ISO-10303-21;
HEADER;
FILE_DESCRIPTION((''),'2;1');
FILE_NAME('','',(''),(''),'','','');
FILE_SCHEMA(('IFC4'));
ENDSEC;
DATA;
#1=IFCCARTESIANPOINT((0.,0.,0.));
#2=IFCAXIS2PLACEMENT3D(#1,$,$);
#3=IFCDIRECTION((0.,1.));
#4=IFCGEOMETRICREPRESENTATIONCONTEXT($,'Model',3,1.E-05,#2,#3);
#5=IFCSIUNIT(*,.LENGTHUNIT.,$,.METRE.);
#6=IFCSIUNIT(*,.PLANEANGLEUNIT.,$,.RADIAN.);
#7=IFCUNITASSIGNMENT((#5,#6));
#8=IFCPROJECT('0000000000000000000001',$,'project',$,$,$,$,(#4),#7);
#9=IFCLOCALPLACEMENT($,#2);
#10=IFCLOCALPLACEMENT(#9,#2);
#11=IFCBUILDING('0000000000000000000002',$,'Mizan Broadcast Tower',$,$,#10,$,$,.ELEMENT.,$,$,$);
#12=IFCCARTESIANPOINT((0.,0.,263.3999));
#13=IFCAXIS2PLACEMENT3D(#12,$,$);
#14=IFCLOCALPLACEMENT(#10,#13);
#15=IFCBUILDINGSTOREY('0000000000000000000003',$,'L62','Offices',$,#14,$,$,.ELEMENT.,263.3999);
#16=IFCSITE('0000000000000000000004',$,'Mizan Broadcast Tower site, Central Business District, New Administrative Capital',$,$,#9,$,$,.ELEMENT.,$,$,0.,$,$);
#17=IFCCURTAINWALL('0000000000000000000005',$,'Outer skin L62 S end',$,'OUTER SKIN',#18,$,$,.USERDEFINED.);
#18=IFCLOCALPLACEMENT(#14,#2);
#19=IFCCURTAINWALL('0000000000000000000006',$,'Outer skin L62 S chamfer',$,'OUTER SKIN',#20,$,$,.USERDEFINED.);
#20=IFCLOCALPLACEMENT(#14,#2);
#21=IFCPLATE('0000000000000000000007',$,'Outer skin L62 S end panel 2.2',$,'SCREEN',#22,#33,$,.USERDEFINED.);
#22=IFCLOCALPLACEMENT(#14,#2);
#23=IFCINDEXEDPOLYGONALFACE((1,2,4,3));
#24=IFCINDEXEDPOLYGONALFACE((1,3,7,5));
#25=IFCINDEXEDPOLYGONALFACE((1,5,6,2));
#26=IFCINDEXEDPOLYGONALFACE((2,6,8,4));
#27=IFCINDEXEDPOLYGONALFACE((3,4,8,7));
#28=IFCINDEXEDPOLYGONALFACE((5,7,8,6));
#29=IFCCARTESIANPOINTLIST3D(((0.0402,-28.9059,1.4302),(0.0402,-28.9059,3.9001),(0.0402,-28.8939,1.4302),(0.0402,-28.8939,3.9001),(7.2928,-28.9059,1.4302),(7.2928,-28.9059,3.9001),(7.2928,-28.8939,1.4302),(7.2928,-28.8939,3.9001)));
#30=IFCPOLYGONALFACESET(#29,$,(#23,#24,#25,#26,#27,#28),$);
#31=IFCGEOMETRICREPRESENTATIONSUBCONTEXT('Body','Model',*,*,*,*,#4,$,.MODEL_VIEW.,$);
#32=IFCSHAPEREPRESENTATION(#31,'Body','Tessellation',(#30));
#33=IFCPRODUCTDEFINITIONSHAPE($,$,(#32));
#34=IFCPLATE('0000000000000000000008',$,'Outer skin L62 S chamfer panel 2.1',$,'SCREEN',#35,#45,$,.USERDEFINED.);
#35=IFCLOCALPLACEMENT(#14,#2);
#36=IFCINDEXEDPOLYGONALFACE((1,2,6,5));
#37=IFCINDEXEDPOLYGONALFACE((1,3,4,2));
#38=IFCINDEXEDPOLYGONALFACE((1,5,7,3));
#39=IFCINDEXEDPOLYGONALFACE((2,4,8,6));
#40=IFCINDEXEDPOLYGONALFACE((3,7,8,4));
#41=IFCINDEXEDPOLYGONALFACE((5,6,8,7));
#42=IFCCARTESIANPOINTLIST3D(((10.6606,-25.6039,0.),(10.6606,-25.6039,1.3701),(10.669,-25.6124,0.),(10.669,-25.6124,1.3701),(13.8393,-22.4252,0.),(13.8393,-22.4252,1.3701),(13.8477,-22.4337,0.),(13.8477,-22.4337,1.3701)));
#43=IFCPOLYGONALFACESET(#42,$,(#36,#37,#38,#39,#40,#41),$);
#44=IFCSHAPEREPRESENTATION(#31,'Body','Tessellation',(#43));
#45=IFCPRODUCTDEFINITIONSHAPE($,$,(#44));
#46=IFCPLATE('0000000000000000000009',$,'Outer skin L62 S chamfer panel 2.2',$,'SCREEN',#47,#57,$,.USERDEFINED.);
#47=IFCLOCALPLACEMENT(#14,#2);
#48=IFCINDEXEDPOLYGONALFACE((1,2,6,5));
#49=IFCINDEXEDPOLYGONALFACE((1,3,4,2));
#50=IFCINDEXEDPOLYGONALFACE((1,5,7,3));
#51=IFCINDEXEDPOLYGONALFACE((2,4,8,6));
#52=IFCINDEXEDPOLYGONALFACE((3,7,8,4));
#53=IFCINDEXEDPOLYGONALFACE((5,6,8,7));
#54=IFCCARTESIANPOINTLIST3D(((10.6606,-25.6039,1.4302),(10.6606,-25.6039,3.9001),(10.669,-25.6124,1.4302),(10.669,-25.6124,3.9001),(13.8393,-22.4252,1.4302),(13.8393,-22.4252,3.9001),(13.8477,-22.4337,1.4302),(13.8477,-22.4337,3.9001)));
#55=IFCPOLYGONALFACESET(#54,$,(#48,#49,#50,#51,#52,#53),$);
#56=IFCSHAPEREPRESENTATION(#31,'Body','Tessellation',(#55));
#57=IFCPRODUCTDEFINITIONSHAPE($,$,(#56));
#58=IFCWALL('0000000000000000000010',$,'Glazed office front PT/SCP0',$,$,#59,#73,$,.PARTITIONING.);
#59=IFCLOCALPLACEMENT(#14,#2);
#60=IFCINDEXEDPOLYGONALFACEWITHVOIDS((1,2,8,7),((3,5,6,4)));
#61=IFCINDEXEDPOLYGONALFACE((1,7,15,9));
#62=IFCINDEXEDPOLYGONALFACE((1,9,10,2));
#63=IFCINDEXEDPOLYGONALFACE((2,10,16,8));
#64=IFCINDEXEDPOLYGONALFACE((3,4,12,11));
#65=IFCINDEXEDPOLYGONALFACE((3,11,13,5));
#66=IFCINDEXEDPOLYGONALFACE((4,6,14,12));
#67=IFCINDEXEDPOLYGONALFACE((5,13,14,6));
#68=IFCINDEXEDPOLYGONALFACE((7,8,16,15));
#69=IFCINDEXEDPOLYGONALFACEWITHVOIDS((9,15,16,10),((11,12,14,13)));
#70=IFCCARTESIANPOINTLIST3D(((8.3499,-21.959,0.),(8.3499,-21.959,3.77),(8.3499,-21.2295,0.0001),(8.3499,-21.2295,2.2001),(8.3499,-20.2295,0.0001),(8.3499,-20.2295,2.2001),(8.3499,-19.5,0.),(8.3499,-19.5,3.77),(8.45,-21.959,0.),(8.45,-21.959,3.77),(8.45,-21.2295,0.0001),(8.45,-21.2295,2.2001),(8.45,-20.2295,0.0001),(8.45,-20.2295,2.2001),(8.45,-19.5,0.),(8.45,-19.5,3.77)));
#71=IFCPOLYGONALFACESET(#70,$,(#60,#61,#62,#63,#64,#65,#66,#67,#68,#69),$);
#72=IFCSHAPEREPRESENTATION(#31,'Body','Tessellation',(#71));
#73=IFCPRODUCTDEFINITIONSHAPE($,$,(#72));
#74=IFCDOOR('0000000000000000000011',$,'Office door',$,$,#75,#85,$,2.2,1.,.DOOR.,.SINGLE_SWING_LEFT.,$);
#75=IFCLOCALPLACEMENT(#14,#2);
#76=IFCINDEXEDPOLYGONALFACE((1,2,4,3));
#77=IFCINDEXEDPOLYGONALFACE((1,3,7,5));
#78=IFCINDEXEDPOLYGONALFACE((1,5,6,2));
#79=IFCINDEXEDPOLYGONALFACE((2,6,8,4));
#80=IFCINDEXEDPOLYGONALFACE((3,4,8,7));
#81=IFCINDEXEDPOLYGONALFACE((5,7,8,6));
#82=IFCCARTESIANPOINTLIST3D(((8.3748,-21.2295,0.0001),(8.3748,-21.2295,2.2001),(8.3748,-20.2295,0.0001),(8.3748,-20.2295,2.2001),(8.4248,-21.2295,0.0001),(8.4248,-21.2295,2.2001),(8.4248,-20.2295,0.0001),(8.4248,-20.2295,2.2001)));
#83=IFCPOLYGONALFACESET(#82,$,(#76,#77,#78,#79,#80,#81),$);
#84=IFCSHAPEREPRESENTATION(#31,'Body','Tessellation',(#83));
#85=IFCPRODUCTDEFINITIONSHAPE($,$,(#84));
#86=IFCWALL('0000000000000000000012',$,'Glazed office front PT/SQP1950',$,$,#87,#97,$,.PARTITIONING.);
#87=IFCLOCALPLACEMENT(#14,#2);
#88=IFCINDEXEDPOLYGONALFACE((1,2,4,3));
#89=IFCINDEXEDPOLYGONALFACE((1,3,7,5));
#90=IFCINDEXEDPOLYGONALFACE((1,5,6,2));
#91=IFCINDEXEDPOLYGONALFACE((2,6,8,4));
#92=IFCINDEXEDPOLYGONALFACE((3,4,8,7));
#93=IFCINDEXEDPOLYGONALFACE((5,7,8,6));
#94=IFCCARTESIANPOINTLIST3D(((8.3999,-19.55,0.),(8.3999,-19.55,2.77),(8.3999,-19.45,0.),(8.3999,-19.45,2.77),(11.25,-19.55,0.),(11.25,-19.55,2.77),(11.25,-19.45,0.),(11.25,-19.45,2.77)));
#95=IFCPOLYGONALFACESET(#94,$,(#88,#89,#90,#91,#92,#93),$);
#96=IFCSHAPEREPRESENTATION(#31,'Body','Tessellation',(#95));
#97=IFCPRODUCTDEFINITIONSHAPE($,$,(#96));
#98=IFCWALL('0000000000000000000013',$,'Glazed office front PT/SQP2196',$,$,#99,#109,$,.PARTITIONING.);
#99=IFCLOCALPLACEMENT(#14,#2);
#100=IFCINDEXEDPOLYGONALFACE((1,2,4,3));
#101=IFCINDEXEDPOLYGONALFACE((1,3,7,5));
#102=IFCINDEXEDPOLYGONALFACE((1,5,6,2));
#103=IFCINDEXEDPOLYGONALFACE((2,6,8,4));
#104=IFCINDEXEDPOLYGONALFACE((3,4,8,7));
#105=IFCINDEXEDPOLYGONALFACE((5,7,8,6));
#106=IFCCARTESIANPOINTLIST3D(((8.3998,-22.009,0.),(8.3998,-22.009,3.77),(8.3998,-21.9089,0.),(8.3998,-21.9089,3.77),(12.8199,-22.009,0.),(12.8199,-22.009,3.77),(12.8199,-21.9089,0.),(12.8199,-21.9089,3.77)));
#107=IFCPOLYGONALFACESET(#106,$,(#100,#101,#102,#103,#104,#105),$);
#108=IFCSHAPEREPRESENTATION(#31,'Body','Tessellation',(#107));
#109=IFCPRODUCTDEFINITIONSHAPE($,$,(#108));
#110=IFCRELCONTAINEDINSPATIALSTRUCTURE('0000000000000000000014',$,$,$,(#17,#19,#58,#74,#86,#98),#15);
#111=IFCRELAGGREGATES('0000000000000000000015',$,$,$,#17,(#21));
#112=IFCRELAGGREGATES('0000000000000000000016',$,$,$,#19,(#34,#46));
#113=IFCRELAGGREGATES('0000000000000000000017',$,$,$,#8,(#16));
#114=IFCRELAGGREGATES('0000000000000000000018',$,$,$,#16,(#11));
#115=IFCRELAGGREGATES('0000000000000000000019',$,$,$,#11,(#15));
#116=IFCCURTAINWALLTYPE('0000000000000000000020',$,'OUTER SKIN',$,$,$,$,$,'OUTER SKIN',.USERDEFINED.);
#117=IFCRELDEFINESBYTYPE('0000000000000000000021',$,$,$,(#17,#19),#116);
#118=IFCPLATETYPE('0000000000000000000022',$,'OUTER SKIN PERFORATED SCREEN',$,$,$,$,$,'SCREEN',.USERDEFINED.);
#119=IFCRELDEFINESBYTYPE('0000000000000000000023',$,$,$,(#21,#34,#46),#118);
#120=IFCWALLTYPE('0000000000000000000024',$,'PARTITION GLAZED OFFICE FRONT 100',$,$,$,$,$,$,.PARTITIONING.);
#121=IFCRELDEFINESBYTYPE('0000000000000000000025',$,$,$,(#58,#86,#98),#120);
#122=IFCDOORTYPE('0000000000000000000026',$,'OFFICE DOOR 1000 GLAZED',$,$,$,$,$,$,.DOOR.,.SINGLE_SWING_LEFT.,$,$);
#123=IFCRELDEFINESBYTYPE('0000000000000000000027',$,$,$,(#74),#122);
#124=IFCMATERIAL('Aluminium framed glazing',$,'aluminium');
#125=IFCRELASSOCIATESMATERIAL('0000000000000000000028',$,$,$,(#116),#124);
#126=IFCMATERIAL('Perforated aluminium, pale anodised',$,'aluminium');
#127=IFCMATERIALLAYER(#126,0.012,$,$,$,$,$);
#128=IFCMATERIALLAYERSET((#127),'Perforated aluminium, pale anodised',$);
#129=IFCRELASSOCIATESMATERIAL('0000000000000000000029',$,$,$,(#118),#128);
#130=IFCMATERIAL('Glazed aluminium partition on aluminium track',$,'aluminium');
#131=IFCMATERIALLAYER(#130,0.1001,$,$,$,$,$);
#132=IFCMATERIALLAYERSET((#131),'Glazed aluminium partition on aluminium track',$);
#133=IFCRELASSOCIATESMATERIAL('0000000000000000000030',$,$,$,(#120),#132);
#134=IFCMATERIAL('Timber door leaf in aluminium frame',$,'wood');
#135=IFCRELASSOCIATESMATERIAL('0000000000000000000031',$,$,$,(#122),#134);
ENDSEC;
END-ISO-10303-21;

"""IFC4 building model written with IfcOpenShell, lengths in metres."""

from ifc_helpers import new_model, si_unit, direction, frame, frame_2d, origin, origin_2d, place, context, subcontext, project, spatial, rectangle, extrude, material, layer, layer_set, type_object, element, fill, aggregate, save


model = new_model("IFC4")

# Units and contexts
model_context = context("Model", 3, precision=1e-05, world=origin(), true_north=direction((0.0, 1.0)))
body_context = subcontext(model_context, "Body", "Model", "MODEL_VIEW")
ifc_project = project(units=[si_unit("LENGTHUNIT", "METRE"), si_unit("PLANEANGLEUNIT", "RADIAN")], contexts=[model_context])

# Site, building, storey
site_placement = place(None, origin())
site = spatial("IfcSite", under=ifc_project, at=site_placement, Name="Mizan Broadcast Tower site, Central Business District, New Administrative Capital", CompositionType="ELEMENT", RefElevation=0.0)
building_placement = place(site_placement, origin())
building = spatial("IfcBuilding", under=site, at=building_placement, Name="Mizan Broadcast Tower", CompositionType="ELEMENT")
storey_placement = place(building_placement, frame((0.0, 0.0, 263.3999)))
storey = spatial("IfcBuildingStorey", under=building, at=storey_placement, Name="L62", Description="Offices", CompositionType="ELEMENT", Elevation=263.3999)

# Curtain wall
ifc_material_1 = material(Name="Aluminium framed glazing", Category="aluminium")
curtain_wall_type_1 = type_object("IfcCurtainWallType", Name="OUTER SKIN", ElementType="OUTER SKIN", PredefinedType="USERDEFINED", material=ifc_material_1)
curtain_wall_1_placement = place(storey_placement, origin())
curtain_wall_1 = element("IfcCurtainWall", 1, at=curtain_wall_1_placement, inside=storey, type_object=curtain_wall_type_1, Name="Outer skin L62 S end", ObjectType="OUTER SKIN", PredefinedType="USERDEFINED")

# Curtain wall
curtain_wall_2_placement = place(storey_placement, origin())
curtain_wall_2 = element("IfcCurtainWall", 2, at=curtain_wall_2_placement, inside=storey, type_object=curtain_wall_type_1, Name="Outer skin L62 S chamfer", ObjectType="OUTER SKIN", PredefinedType="USERDEFINED")

# Plates
ifc_material_2 = material(Name="Perforated aluminium, pale anodised", Category="aluminium")
ifc_layer_1 = layer(ifc_material_2, 0.012)
ifc_layer_set_1 = layer_set([ifc_layer_1], Name="Perforated aluminium, pale anodised")
plate_type_1 = type_object("IfcPlateType", Name="OUTER SKIN PERFORATED SCREEN", ElementType="SCREEN", PredefinedType="USERDEFINED", material=ifc_layer_set_1)
plate_1_placement = place(storey_placement, frame((3.6665, -28.8999, 1.4302), z_axis=(0.0, 0.0, 1.0), x_axis=(1.0, 0.0, 0.0)))
plate_1 = element("IfcPlate", 3, at=plate_1_placement, type_object=plate_type_1, Name="Outer skin L62 S end panel 2.2", ObjectType="SCREEN", PredefinedType="USERDEFINED", context=body_context, shape_type="SweptSolid", body=[
    extrude(rectangle(XDim=7.2527, YDim=0.012, at=origin_2d()), origin(), (0.0, 0.0, 1.0), 2.47),
])
aggregate(curtain_wall_1, [plate_1])
plate_2_placement = place(storey_placement, frame((12.2542, -24.0188, 0.0), z_axis=(0.0, 0.0, 1.0), x_axis=(0.707107, 0.707107, 0.0)))
plate_2 = element("IfcPlate", 4, at=plate_2_placement, type_object=plate_type_1, Name="Outer skin L62 S chamfer panel 2.1", ObjectType="SCREEN", PredefinedType="USERDEFINED", context=body_context, shape_type="SweptSolid", body=[
    extrude(rectangle(XDim=4.4954, YDim=0.012, at=origin_2d()), origin(), (0.0, 0.0, 1.0), 1.3701),
])
plate_3_placement = place(storey_placement, frame((12.2542, -24.0188, 1.4302), z_axis=(0.0, 0.0, 1.0), x_axis=(0.707107, 0.707107, 0.0)))
plate_3 = element("IfcPlate", 5, at=plate_3_placement, type_object=plate_type_1, Name="Outer skin L62 S chamfer panel 2.2", ObjectType="SCREEN", PredefinedType="USERDEFINED", context=body_context, shape_type="SweptSolid", body=[
    extrude(rectangle(XDim=4.4954, YDim=0.012, at=origin_2d()), origin(), (0.0, 0.0, 1.0), 2.47),
])
aggregate(curtain_wall_2, [plate_2, plate_3])

# Wall, opening, door
ifc_material_3 = material(Name="Glazed aluminium partition on aluminium track", Category="aluminium")
ifc_layer_2 = layer(ifc_material_3, 0.1001)
ifc_layer_set_2 = layer_set([ifc_layer_2], Name="Glazed aluminium partition on aluminium track")
wall_type = type_object("IfcWallType", Name="PARTITION GLAZED OFFICE FRONT 100", PredefinedType="PARTITIONING", material=ifc_layer_set_2)
wall_1_placement = place(storey_placement, frame((8.3999, -19.5, 0.0), z_axis=(0.0, 0.0, 1.0), x_axis=(0.0, -1.0, 0.0)))
wall_1 = element("IfcWall", 6, at=wall_1_placement, inside=storey, type_object=wall_type, Name="Glazed office front PT/SCP0", PredefinedType="PARTITIONING", context=body_context, shape_type="SweptSolid", body=[
    extrude(rectangle(XDim=2.459, YDim=0.1001, at=frame_2d((1.2295, 0.0))), origin(), (0.0, 0.0, 1.0), 3.77),
])
opening_placement = place(wall_1_placement, frame((0.7295, 0.0, 0.0)))
opening = element("IfcOpeningElement", 7, at=opening_placement, cuts=wall_1, PredefinedType="OPENING", context=body_context, shape_type="SweptSolid", body=[
    extrude(rectangle(XDim=1.0, YDim=2.2, at=frame_2d((0.5, 1.1001))), frame((0.0, 0.0601, 0.0), z_axis=(0.0, -1.0, 0.0), x_axis=(1.0, 0.0, 0.0)), (0.0, 0.0, 1.0), 0.1201),
])
ifc_material_4 = material(Name="Timber door leaf in aluminium frame", Category="wood")
door_type = type_object("IfcDoorType", Name="OFFICE DOOR 1000 GLAZED", OperationType="SINGLE_SWING_LEFT", PredefinedType="DOOR", material=ifc_material_4)
door_placement = place(opening_placement, origin())
door = element("IfcDoor", 8, at=door_placement, inside=storey, type_object=door_type, Name="Office door", OperationType="SINGLE_SWING_LEFT", OverallHeight=2.2, OverallWidth=1.0, PredefinedType="DOOR", context=body_context, shape_type="SweptSolid", body=[
    extrude(rectangle(XDim=1.0, YDim=2.2, at=frame_2d((0.5, 1.1001))), frame((0.0, 0.0249, 0.0), z_axis=(0.0, -1.0, 0.0), x_axis=(1.0, 0.0, 0.0)), (0.0, 0.0, 1.0), 0.05),
])
fill(opening, door)

# Walls
wall_2_placement = place(storey_placement, frame((8.3999, -19.5, 0.0), z_axis=(0.0, 0.0, 1.0), x_axis=(1.0, 0.0, 0.0)))
element("IfcWall", 9, at=wall_2_placement, inside=storey, type_object=wall_type, Name="Glazed office front PT/SQP1950", PredefinedType="PARTITIONING", context=body_context, shape_type="SweptSolid", body=[
    extrude(rectangle(XDim=2.8501, YDim=0.1001, at=frame_2d((1.425, 0.0))), origin(), (0.0, 0.0, 1.0), 2.77),
])
wall_3_placement = place(storey_placement, frame((8.3999, -21.959, 0.0), z_axis=(0.0, 0.0, 1.0), x_axis=(1.0, 0.0, 0.0)))
element("IfcWall", 10, at=wall_3_placement, inside=storey, type_object=wall_type, Name="Glazed office front PT/SQP2196", PredefinedType="PARTITIONING", context=body_context, shape_type="SweptSolid", body=[
    extrude(rectangle(XDim=4.4202, YDim=0.1001, at=frame_2d((2.21, 0.0))), origin(), (0.0, 0.0, 1.0), 3.77),
])

save(model, "model.ifc")
